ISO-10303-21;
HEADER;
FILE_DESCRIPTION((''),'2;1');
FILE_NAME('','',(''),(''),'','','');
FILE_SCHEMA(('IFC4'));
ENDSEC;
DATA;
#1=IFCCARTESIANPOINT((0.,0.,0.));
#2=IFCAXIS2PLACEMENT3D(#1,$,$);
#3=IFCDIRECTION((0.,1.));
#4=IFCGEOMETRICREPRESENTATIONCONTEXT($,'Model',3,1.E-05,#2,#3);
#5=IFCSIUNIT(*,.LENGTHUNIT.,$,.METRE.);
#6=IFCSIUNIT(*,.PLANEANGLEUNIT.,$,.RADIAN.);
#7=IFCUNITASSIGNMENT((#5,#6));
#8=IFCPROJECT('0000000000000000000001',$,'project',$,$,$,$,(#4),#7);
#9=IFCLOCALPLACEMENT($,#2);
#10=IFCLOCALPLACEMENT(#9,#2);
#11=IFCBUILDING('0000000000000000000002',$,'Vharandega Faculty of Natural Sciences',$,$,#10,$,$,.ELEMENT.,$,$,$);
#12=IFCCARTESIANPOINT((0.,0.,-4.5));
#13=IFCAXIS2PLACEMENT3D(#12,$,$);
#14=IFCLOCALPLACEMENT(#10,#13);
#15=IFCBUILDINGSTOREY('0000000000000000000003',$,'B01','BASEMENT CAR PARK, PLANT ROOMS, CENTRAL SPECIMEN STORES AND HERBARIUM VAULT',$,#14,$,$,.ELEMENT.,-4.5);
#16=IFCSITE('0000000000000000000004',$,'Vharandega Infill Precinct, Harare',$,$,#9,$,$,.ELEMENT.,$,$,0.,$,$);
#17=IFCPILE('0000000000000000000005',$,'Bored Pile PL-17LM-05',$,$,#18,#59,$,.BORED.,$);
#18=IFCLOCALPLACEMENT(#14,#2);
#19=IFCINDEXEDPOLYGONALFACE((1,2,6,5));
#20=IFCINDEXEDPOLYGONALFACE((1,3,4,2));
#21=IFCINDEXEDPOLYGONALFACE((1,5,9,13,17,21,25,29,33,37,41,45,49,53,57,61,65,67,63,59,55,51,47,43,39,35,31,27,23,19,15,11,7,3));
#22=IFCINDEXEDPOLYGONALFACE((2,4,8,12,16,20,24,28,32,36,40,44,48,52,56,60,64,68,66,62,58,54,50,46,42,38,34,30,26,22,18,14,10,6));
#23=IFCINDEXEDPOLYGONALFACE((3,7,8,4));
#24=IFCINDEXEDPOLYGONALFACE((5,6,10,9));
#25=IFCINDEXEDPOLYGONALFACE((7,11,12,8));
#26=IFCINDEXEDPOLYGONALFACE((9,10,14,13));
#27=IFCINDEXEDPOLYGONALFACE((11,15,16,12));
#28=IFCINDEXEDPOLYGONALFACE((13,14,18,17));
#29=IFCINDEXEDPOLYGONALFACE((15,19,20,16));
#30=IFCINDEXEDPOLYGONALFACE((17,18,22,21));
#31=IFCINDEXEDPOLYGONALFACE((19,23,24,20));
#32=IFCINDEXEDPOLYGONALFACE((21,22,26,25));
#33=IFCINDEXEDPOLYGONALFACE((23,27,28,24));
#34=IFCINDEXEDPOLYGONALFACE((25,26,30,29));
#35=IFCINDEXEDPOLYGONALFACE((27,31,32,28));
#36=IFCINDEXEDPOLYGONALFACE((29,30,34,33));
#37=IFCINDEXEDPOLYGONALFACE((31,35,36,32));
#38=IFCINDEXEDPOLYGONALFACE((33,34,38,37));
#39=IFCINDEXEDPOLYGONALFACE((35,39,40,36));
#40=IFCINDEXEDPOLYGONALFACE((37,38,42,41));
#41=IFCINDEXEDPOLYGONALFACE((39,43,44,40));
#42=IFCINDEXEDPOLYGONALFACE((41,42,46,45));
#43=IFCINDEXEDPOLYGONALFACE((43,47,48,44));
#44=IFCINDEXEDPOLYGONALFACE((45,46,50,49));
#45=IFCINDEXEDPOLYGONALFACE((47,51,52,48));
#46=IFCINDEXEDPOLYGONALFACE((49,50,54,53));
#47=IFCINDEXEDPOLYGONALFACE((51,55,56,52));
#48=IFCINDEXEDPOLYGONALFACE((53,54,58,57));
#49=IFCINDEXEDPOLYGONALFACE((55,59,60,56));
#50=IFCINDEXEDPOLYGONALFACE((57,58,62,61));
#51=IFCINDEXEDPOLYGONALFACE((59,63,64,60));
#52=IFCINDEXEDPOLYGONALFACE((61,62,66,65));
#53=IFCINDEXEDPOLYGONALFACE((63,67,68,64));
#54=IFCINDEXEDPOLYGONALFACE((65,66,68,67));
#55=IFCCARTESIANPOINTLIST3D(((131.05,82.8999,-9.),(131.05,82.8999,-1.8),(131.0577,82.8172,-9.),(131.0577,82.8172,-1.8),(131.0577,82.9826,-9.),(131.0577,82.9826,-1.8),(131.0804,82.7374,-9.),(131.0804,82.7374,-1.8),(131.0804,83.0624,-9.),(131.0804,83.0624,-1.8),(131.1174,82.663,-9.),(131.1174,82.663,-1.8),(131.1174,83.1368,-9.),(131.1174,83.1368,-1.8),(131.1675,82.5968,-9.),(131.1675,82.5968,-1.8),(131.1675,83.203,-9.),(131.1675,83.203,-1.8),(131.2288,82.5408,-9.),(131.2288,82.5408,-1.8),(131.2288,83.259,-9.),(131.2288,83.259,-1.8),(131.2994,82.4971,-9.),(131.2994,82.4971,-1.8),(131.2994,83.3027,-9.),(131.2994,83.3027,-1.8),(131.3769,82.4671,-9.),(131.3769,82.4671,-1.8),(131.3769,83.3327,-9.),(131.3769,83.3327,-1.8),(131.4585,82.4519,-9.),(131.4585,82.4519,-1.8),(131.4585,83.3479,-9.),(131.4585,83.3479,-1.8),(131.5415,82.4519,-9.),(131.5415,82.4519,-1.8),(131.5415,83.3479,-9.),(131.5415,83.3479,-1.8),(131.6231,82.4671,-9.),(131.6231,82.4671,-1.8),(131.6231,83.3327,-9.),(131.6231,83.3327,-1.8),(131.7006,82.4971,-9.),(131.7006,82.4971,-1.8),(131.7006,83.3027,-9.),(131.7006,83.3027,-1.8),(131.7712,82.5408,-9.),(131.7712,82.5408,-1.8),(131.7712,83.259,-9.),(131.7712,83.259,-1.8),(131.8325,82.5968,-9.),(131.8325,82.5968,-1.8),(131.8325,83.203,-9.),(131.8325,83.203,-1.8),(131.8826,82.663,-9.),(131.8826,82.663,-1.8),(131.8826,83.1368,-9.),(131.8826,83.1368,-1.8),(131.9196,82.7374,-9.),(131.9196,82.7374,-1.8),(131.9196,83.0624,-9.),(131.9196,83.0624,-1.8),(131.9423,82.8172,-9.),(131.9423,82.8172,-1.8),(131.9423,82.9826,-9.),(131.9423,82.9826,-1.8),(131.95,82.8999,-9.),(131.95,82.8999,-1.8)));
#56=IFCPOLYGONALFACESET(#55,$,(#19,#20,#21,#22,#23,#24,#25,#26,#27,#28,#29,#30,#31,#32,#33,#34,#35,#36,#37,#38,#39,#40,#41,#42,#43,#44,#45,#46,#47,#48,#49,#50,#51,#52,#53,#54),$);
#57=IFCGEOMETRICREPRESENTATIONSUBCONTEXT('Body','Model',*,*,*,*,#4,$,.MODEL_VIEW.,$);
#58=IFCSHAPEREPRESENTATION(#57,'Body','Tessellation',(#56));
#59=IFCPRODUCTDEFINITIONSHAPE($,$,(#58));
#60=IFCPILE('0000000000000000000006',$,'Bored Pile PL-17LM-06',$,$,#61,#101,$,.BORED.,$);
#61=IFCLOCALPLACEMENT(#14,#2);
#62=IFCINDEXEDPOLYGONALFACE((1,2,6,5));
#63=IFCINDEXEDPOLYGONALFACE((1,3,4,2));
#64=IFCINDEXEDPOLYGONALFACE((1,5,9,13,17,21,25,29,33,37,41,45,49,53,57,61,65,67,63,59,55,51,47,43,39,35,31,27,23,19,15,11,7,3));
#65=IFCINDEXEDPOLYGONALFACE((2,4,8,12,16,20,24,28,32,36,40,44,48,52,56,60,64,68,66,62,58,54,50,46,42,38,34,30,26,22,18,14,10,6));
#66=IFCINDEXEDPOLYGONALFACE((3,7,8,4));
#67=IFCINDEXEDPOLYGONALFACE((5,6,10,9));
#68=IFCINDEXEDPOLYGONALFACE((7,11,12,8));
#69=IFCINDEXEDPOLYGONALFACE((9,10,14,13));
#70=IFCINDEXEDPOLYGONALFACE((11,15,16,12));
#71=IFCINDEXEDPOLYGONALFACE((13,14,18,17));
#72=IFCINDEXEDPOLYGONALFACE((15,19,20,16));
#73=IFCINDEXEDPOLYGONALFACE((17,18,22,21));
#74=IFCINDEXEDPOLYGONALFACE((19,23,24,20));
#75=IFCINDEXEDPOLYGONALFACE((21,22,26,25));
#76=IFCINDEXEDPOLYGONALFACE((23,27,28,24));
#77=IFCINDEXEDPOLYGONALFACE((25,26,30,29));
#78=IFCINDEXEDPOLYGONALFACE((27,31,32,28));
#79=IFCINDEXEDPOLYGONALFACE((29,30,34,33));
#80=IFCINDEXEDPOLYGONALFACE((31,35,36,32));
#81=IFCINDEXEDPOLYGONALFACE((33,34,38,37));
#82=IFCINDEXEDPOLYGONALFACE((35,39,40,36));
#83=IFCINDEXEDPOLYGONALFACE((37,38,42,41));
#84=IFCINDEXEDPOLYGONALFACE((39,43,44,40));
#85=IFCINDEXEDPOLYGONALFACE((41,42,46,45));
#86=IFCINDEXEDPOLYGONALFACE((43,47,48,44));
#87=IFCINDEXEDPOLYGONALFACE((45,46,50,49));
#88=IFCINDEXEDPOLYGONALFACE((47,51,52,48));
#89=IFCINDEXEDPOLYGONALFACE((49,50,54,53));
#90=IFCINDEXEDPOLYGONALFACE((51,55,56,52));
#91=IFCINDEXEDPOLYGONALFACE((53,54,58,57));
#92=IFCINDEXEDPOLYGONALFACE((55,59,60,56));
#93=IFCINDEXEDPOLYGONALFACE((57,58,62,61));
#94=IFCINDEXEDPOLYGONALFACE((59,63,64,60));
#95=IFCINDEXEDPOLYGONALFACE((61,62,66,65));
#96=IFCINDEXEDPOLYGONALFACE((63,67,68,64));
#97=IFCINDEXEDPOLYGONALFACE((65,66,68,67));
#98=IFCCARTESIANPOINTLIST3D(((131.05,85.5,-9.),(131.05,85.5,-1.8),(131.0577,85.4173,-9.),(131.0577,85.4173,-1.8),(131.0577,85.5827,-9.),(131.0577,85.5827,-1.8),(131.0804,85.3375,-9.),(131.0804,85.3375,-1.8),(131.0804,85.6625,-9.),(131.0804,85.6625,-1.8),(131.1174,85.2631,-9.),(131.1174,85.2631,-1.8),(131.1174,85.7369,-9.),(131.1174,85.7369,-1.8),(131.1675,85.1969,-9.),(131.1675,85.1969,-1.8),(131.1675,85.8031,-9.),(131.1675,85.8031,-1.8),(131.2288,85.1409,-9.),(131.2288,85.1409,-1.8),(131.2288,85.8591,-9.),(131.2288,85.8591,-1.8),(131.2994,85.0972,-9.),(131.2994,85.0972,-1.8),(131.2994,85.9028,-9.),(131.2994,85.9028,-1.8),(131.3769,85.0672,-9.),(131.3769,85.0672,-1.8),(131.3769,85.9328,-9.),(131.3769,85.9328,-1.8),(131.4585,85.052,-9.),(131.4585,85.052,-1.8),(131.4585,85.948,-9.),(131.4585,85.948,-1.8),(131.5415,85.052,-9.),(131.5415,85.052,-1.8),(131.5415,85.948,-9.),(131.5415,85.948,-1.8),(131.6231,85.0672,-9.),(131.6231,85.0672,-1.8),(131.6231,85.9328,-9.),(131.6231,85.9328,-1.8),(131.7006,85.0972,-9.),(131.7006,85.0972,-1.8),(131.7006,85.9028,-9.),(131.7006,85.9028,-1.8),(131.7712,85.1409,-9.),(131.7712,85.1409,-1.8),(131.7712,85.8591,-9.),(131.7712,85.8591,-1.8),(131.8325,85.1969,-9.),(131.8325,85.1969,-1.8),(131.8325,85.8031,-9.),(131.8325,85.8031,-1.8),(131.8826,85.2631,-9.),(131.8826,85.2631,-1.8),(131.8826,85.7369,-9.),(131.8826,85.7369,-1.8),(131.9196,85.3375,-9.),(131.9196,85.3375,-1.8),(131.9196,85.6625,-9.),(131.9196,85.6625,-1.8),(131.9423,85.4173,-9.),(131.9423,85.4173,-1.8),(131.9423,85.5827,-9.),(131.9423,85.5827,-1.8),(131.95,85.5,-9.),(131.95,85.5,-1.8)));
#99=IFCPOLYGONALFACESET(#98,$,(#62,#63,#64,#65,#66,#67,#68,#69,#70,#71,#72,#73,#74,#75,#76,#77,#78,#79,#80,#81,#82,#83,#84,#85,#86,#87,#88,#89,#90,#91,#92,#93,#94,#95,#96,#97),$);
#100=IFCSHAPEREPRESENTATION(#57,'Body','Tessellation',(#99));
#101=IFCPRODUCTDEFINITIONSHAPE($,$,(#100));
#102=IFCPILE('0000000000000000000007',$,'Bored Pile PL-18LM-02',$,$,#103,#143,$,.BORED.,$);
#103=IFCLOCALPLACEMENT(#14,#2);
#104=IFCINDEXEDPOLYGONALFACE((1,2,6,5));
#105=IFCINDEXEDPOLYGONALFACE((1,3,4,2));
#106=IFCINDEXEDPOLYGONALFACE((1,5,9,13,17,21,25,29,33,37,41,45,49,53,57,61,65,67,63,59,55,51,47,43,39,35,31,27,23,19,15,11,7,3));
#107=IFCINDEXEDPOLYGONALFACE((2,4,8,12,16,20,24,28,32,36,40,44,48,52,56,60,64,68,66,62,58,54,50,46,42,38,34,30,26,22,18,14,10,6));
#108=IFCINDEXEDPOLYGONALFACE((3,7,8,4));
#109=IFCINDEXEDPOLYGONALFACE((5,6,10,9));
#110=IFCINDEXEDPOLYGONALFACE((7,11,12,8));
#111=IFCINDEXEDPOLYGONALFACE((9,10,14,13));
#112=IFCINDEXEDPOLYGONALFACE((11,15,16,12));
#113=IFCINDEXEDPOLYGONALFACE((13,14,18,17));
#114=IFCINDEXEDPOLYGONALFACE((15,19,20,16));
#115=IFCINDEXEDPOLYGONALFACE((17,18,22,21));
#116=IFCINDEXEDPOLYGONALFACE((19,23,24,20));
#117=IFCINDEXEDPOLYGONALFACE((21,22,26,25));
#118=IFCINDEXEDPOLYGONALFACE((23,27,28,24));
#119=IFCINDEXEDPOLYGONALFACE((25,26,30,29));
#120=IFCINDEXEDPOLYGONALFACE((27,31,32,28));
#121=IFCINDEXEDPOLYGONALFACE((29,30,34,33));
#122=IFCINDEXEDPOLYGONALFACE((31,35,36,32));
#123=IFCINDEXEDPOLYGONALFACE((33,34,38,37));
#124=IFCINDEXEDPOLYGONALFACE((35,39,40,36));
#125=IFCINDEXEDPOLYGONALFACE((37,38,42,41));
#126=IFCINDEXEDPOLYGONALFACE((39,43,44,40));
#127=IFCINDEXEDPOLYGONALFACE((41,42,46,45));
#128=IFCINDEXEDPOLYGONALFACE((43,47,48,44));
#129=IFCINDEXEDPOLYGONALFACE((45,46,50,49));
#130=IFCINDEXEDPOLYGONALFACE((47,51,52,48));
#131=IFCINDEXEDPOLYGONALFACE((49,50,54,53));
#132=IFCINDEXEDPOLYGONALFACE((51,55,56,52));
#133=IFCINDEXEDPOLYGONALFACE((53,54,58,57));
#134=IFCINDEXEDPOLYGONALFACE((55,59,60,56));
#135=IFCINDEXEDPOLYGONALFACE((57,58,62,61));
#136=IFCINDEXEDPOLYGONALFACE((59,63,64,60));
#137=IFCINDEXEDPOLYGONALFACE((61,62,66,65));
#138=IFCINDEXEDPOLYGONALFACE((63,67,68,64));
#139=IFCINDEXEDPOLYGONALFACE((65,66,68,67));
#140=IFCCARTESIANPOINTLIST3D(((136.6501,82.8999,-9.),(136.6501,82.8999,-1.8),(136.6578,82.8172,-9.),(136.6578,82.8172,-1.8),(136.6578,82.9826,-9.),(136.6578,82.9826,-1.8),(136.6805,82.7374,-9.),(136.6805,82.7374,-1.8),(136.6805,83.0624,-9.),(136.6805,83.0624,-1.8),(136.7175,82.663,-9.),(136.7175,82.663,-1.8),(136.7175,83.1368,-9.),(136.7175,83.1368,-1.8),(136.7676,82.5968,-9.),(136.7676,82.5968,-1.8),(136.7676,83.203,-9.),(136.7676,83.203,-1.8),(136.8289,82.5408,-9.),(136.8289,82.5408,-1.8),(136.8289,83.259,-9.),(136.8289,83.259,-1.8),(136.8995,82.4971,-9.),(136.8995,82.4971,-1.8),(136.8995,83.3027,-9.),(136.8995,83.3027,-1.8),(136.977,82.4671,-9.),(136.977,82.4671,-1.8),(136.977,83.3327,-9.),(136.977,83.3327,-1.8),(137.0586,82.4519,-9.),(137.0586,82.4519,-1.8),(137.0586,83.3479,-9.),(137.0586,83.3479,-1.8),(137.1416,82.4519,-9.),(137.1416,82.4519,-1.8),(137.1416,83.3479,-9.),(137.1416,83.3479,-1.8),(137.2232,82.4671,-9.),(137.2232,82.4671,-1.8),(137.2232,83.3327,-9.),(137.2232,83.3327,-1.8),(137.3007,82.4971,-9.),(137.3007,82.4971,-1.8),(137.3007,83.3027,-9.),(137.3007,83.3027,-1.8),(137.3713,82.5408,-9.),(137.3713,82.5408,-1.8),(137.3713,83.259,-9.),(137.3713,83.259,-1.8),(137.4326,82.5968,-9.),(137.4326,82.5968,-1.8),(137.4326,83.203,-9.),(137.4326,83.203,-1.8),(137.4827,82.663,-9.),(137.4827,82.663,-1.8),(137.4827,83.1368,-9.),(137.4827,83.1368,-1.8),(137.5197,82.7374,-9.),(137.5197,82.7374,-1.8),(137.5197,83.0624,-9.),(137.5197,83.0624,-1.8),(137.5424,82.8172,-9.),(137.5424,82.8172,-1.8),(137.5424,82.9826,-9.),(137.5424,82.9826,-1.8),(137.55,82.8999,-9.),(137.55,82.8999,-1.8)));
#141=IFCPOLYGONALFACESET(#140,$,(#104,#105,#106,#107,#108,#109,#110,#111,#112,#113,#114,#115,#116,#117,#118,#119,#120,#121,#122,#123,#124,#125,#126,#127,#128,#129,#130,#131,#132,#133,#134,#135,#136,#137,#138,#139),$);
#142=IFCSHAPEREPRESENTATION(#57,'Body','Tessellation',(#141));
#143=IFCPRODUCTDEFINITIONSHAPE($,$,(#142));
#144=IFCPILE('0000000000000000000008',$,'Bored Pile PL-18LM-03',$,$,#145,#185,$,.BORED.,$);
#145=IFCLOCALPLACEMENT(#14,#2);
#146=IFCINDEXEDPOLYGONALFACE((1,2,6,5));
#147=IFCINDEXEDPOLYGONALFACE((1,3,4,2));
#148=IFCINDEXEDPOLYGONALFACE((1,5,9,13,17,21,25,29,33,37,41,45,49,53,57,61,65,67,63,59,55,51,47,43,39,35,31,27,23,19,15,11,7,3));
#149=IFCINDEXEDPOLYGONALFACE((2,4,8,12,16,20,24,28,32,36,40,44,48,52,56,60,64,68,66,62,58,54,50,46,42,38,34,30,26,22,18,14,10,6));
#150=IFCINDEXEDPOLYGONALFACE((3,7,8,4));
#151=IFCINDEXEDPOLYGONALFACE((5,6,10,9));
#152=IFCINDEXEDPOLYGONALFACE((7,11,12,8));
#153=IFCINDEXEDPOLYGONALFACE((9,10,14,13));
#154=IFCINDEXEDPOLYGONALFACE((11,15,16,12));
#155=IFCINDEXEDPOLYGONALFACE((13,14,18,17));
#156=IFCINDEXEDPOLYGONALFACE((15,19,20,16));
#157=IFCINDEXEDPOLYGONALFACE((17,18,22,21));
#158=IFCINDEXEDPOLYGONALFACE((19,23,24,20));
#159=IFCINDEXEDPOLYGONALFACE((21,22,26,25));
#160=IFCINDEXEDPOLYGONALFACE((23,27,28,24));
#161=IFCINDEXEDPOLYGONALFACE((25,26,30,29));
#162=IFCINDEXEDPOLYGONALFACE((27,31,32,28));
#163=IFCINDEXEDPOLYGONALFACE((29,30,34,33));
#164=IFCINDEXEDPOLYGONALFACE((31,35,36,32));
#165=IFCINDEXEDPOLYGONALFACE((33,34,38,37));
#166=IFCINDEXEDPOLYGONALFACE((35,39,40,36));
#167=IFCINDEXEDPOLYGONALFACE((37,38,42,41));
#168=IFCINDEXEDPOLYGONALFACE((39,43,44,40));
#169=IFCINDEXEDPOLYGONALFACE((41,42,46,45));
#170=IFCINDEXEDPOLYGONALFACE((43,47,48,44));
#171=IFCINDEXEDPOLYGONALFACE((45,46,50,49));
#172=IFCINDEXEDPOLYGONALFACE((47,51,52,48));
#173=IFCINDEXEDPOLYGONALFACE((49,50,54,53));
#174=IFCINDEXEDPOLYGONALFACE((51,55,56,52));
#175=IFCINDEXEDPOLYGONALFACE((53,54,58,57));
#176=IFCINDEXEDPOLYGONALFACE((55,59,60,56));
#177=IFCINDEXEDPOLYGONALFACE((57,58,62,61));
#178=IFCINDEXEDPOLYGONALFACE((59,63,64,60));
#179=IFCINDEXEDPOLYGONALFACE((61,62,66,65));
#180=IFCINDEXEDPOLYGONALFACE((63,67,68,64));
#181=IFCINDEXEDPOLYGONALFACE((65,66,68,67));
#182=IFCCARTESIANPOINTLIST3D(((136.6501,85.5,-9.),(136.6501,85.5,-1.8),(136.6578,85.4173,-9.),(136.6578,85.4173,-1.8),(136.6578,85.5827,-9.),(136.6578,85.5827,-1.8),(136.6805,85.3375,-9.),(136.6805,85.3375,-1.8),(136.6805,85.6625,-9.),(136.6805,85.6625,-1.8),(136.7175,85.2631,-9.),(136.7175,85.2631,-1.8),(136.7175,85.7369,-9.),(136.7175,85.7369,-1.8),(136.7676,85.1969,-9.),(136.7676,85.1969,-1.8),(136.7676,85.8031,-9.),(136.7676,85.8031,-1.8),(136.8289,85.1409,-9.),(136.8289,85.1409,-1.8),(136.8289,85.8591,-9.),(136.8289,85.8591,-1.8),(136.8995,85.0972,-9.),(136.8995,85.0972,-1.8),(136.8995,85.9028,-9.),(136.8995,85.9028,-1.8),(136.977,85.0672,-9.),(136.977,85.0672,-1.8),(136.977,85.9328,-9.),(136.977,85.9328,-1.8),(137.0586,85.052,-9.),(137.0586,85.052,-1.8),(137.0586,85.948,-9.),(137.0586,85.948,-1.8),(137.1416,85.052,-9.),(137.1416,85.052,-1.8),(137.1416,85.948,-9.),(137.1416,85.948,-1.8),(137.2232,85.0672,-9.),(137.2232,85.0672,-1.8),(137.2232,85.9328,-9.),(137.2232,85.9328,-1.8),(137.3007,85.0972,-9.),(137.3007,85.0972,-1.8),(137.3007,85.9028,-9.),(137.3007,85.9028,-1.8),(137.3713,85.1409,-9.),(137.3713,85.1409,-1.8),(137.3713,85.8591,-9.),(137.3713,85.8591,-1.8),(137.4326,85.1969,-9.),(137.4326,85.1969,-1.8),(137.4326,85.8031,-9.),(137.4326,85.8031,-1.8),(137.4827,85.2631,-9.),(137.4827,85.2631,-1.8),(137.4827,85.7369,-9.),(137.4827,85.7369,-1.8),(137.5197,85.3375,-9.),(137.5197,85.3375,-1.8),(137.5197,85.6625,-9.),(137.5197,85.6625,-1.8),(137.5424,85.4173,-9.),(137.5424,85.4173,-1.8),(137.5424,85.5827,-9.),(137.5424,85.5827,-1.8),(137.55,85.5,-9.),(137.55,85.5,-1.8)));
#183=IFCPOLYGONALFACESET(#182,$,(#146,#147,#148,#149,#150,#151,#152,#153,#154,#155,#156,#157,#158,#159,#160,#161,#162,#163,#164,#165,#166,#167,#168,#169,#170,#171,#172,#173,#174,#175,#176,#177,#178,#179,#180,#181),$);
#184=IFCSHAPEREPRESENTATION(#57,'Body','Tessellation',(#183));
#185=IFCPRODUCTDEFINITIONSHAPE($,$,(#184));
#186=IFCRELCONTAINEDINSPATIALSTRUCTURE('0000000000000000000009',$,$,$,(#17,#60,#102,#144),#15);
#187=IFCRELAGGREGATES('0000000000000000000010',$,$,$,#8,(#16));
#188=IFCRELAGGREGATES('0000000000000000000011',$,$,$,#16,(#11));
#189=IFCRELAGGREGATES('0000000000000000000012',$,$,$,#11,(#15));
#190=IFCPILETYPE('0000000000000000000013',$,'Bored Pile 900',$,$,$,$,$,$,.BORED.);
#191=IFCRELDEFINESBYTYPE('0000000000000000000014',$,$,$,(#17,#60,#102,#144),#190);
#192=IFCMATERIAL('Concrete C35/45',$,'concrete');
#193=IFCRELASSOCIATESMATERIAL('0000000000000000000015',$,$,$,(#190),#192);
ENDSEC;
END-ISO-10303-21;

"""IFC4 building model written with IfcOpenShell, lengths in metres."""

from ifc_helpers import new_model, si_unit, direction, frame, origin, origin_2d, place, context, subcontext, project, spatial, circle, extrude, material, material_profile, profile_set, type_object, element, save


model = new_model("IFC4")

# Units and contexts
model_context = context("Model", 3, precision=1e-05, world=origin(), true_north=direction((0.0, 1.0)))
body_context = subcontext(model_context, "Body", "Model", "MODEL_VIEW")
ifc_project = project(units=[si_unit("LENGTHUNIT", "METRE"), si_unit("PLANEANGLEUNIT", "RADIAN")], contexts=[model_context])

# Site, building, storey
site_placement = place(None, origin())
site = spatial("IfcSite", under=ifc_project, at=site_placement, Name="Vharandega Infill Precinct, Harare", CompositionType="ELEMENT", RefElevation=0.0)
building_placement = place(site_placement, origin())
building = spatial("IfcBuilding", under=site, at=building_placement, Name="Vharandega Faculty of Natural Sciences", CompositionType="ELEMENT")
storey_placement = place(building_placement, frame((0.0, 0.0, -4.5)))
storey = spatial("IfcBuildingStorey", under=building, at=storey_placement, Name="B01", Description="BASEMENT CAR PARK, PLANT ROOMS, CENTRAL SPECIMEN STORES AND HERBARIUM VAULT", CompositionType="ELEMENT", Elevation=-4.5)

# Piles
ifc_material_1 = material(Name="Concrete C35/45", Category="concrete")
ifc_material_profile_1 = material_profile(ifc_material_1, circle(Radius=0.45, at=origin_2d()), Name="PILE 900")
ifc_profile_set_1 = profile_set([ifc_material_profile_1], Name="Concrete C35/45")
pile_type = type_object("IfcPileType", Name="Bored Pile 900", PredefinedType="BORED", material=ifc_profile_set_1)
for number, where, z_axis, x_axis, name in (
    (1, (131.5, 82.8999, -1.8), (0.0, 0.0, -1.0), (1.0, 0.0, 0.0), "Bored Pile PL-17LM-05"),
    (2, (131.5, 85.5, -1.8), (0.0, 0.0, -1.0), (1.0, 0.0, 0.0), "Bored Pile PL-17LM-06"),
    (3, (137.1001, 82.8999, -1.8), (0.0, 0.0, -1.0), (1.0, 0.0, 0.0), "Bored Pile PL-18LM-02"),
    (4, (137.1001, 85.5, -1.8), (0.0, 0.0, -1.0), (1.0, 0.0, 0.0), "Bored Pile PL-18LM-03"),
):
    element("IfcPile", number, at=place(storey_placement, frame(where, z_axis=z_axis, x_axis=x_axis)), inside=storey, type_object=pile_type, Name=name, PredefinedType="BORED", context=body_context, shape_type="SweptSolid", body=[
        extrude(circle(Radius=0.45, at=origin_2d()), origin(), (0.0, 0.0, 1.0), 7.2),
    ])

save(model, "model.ifc")
